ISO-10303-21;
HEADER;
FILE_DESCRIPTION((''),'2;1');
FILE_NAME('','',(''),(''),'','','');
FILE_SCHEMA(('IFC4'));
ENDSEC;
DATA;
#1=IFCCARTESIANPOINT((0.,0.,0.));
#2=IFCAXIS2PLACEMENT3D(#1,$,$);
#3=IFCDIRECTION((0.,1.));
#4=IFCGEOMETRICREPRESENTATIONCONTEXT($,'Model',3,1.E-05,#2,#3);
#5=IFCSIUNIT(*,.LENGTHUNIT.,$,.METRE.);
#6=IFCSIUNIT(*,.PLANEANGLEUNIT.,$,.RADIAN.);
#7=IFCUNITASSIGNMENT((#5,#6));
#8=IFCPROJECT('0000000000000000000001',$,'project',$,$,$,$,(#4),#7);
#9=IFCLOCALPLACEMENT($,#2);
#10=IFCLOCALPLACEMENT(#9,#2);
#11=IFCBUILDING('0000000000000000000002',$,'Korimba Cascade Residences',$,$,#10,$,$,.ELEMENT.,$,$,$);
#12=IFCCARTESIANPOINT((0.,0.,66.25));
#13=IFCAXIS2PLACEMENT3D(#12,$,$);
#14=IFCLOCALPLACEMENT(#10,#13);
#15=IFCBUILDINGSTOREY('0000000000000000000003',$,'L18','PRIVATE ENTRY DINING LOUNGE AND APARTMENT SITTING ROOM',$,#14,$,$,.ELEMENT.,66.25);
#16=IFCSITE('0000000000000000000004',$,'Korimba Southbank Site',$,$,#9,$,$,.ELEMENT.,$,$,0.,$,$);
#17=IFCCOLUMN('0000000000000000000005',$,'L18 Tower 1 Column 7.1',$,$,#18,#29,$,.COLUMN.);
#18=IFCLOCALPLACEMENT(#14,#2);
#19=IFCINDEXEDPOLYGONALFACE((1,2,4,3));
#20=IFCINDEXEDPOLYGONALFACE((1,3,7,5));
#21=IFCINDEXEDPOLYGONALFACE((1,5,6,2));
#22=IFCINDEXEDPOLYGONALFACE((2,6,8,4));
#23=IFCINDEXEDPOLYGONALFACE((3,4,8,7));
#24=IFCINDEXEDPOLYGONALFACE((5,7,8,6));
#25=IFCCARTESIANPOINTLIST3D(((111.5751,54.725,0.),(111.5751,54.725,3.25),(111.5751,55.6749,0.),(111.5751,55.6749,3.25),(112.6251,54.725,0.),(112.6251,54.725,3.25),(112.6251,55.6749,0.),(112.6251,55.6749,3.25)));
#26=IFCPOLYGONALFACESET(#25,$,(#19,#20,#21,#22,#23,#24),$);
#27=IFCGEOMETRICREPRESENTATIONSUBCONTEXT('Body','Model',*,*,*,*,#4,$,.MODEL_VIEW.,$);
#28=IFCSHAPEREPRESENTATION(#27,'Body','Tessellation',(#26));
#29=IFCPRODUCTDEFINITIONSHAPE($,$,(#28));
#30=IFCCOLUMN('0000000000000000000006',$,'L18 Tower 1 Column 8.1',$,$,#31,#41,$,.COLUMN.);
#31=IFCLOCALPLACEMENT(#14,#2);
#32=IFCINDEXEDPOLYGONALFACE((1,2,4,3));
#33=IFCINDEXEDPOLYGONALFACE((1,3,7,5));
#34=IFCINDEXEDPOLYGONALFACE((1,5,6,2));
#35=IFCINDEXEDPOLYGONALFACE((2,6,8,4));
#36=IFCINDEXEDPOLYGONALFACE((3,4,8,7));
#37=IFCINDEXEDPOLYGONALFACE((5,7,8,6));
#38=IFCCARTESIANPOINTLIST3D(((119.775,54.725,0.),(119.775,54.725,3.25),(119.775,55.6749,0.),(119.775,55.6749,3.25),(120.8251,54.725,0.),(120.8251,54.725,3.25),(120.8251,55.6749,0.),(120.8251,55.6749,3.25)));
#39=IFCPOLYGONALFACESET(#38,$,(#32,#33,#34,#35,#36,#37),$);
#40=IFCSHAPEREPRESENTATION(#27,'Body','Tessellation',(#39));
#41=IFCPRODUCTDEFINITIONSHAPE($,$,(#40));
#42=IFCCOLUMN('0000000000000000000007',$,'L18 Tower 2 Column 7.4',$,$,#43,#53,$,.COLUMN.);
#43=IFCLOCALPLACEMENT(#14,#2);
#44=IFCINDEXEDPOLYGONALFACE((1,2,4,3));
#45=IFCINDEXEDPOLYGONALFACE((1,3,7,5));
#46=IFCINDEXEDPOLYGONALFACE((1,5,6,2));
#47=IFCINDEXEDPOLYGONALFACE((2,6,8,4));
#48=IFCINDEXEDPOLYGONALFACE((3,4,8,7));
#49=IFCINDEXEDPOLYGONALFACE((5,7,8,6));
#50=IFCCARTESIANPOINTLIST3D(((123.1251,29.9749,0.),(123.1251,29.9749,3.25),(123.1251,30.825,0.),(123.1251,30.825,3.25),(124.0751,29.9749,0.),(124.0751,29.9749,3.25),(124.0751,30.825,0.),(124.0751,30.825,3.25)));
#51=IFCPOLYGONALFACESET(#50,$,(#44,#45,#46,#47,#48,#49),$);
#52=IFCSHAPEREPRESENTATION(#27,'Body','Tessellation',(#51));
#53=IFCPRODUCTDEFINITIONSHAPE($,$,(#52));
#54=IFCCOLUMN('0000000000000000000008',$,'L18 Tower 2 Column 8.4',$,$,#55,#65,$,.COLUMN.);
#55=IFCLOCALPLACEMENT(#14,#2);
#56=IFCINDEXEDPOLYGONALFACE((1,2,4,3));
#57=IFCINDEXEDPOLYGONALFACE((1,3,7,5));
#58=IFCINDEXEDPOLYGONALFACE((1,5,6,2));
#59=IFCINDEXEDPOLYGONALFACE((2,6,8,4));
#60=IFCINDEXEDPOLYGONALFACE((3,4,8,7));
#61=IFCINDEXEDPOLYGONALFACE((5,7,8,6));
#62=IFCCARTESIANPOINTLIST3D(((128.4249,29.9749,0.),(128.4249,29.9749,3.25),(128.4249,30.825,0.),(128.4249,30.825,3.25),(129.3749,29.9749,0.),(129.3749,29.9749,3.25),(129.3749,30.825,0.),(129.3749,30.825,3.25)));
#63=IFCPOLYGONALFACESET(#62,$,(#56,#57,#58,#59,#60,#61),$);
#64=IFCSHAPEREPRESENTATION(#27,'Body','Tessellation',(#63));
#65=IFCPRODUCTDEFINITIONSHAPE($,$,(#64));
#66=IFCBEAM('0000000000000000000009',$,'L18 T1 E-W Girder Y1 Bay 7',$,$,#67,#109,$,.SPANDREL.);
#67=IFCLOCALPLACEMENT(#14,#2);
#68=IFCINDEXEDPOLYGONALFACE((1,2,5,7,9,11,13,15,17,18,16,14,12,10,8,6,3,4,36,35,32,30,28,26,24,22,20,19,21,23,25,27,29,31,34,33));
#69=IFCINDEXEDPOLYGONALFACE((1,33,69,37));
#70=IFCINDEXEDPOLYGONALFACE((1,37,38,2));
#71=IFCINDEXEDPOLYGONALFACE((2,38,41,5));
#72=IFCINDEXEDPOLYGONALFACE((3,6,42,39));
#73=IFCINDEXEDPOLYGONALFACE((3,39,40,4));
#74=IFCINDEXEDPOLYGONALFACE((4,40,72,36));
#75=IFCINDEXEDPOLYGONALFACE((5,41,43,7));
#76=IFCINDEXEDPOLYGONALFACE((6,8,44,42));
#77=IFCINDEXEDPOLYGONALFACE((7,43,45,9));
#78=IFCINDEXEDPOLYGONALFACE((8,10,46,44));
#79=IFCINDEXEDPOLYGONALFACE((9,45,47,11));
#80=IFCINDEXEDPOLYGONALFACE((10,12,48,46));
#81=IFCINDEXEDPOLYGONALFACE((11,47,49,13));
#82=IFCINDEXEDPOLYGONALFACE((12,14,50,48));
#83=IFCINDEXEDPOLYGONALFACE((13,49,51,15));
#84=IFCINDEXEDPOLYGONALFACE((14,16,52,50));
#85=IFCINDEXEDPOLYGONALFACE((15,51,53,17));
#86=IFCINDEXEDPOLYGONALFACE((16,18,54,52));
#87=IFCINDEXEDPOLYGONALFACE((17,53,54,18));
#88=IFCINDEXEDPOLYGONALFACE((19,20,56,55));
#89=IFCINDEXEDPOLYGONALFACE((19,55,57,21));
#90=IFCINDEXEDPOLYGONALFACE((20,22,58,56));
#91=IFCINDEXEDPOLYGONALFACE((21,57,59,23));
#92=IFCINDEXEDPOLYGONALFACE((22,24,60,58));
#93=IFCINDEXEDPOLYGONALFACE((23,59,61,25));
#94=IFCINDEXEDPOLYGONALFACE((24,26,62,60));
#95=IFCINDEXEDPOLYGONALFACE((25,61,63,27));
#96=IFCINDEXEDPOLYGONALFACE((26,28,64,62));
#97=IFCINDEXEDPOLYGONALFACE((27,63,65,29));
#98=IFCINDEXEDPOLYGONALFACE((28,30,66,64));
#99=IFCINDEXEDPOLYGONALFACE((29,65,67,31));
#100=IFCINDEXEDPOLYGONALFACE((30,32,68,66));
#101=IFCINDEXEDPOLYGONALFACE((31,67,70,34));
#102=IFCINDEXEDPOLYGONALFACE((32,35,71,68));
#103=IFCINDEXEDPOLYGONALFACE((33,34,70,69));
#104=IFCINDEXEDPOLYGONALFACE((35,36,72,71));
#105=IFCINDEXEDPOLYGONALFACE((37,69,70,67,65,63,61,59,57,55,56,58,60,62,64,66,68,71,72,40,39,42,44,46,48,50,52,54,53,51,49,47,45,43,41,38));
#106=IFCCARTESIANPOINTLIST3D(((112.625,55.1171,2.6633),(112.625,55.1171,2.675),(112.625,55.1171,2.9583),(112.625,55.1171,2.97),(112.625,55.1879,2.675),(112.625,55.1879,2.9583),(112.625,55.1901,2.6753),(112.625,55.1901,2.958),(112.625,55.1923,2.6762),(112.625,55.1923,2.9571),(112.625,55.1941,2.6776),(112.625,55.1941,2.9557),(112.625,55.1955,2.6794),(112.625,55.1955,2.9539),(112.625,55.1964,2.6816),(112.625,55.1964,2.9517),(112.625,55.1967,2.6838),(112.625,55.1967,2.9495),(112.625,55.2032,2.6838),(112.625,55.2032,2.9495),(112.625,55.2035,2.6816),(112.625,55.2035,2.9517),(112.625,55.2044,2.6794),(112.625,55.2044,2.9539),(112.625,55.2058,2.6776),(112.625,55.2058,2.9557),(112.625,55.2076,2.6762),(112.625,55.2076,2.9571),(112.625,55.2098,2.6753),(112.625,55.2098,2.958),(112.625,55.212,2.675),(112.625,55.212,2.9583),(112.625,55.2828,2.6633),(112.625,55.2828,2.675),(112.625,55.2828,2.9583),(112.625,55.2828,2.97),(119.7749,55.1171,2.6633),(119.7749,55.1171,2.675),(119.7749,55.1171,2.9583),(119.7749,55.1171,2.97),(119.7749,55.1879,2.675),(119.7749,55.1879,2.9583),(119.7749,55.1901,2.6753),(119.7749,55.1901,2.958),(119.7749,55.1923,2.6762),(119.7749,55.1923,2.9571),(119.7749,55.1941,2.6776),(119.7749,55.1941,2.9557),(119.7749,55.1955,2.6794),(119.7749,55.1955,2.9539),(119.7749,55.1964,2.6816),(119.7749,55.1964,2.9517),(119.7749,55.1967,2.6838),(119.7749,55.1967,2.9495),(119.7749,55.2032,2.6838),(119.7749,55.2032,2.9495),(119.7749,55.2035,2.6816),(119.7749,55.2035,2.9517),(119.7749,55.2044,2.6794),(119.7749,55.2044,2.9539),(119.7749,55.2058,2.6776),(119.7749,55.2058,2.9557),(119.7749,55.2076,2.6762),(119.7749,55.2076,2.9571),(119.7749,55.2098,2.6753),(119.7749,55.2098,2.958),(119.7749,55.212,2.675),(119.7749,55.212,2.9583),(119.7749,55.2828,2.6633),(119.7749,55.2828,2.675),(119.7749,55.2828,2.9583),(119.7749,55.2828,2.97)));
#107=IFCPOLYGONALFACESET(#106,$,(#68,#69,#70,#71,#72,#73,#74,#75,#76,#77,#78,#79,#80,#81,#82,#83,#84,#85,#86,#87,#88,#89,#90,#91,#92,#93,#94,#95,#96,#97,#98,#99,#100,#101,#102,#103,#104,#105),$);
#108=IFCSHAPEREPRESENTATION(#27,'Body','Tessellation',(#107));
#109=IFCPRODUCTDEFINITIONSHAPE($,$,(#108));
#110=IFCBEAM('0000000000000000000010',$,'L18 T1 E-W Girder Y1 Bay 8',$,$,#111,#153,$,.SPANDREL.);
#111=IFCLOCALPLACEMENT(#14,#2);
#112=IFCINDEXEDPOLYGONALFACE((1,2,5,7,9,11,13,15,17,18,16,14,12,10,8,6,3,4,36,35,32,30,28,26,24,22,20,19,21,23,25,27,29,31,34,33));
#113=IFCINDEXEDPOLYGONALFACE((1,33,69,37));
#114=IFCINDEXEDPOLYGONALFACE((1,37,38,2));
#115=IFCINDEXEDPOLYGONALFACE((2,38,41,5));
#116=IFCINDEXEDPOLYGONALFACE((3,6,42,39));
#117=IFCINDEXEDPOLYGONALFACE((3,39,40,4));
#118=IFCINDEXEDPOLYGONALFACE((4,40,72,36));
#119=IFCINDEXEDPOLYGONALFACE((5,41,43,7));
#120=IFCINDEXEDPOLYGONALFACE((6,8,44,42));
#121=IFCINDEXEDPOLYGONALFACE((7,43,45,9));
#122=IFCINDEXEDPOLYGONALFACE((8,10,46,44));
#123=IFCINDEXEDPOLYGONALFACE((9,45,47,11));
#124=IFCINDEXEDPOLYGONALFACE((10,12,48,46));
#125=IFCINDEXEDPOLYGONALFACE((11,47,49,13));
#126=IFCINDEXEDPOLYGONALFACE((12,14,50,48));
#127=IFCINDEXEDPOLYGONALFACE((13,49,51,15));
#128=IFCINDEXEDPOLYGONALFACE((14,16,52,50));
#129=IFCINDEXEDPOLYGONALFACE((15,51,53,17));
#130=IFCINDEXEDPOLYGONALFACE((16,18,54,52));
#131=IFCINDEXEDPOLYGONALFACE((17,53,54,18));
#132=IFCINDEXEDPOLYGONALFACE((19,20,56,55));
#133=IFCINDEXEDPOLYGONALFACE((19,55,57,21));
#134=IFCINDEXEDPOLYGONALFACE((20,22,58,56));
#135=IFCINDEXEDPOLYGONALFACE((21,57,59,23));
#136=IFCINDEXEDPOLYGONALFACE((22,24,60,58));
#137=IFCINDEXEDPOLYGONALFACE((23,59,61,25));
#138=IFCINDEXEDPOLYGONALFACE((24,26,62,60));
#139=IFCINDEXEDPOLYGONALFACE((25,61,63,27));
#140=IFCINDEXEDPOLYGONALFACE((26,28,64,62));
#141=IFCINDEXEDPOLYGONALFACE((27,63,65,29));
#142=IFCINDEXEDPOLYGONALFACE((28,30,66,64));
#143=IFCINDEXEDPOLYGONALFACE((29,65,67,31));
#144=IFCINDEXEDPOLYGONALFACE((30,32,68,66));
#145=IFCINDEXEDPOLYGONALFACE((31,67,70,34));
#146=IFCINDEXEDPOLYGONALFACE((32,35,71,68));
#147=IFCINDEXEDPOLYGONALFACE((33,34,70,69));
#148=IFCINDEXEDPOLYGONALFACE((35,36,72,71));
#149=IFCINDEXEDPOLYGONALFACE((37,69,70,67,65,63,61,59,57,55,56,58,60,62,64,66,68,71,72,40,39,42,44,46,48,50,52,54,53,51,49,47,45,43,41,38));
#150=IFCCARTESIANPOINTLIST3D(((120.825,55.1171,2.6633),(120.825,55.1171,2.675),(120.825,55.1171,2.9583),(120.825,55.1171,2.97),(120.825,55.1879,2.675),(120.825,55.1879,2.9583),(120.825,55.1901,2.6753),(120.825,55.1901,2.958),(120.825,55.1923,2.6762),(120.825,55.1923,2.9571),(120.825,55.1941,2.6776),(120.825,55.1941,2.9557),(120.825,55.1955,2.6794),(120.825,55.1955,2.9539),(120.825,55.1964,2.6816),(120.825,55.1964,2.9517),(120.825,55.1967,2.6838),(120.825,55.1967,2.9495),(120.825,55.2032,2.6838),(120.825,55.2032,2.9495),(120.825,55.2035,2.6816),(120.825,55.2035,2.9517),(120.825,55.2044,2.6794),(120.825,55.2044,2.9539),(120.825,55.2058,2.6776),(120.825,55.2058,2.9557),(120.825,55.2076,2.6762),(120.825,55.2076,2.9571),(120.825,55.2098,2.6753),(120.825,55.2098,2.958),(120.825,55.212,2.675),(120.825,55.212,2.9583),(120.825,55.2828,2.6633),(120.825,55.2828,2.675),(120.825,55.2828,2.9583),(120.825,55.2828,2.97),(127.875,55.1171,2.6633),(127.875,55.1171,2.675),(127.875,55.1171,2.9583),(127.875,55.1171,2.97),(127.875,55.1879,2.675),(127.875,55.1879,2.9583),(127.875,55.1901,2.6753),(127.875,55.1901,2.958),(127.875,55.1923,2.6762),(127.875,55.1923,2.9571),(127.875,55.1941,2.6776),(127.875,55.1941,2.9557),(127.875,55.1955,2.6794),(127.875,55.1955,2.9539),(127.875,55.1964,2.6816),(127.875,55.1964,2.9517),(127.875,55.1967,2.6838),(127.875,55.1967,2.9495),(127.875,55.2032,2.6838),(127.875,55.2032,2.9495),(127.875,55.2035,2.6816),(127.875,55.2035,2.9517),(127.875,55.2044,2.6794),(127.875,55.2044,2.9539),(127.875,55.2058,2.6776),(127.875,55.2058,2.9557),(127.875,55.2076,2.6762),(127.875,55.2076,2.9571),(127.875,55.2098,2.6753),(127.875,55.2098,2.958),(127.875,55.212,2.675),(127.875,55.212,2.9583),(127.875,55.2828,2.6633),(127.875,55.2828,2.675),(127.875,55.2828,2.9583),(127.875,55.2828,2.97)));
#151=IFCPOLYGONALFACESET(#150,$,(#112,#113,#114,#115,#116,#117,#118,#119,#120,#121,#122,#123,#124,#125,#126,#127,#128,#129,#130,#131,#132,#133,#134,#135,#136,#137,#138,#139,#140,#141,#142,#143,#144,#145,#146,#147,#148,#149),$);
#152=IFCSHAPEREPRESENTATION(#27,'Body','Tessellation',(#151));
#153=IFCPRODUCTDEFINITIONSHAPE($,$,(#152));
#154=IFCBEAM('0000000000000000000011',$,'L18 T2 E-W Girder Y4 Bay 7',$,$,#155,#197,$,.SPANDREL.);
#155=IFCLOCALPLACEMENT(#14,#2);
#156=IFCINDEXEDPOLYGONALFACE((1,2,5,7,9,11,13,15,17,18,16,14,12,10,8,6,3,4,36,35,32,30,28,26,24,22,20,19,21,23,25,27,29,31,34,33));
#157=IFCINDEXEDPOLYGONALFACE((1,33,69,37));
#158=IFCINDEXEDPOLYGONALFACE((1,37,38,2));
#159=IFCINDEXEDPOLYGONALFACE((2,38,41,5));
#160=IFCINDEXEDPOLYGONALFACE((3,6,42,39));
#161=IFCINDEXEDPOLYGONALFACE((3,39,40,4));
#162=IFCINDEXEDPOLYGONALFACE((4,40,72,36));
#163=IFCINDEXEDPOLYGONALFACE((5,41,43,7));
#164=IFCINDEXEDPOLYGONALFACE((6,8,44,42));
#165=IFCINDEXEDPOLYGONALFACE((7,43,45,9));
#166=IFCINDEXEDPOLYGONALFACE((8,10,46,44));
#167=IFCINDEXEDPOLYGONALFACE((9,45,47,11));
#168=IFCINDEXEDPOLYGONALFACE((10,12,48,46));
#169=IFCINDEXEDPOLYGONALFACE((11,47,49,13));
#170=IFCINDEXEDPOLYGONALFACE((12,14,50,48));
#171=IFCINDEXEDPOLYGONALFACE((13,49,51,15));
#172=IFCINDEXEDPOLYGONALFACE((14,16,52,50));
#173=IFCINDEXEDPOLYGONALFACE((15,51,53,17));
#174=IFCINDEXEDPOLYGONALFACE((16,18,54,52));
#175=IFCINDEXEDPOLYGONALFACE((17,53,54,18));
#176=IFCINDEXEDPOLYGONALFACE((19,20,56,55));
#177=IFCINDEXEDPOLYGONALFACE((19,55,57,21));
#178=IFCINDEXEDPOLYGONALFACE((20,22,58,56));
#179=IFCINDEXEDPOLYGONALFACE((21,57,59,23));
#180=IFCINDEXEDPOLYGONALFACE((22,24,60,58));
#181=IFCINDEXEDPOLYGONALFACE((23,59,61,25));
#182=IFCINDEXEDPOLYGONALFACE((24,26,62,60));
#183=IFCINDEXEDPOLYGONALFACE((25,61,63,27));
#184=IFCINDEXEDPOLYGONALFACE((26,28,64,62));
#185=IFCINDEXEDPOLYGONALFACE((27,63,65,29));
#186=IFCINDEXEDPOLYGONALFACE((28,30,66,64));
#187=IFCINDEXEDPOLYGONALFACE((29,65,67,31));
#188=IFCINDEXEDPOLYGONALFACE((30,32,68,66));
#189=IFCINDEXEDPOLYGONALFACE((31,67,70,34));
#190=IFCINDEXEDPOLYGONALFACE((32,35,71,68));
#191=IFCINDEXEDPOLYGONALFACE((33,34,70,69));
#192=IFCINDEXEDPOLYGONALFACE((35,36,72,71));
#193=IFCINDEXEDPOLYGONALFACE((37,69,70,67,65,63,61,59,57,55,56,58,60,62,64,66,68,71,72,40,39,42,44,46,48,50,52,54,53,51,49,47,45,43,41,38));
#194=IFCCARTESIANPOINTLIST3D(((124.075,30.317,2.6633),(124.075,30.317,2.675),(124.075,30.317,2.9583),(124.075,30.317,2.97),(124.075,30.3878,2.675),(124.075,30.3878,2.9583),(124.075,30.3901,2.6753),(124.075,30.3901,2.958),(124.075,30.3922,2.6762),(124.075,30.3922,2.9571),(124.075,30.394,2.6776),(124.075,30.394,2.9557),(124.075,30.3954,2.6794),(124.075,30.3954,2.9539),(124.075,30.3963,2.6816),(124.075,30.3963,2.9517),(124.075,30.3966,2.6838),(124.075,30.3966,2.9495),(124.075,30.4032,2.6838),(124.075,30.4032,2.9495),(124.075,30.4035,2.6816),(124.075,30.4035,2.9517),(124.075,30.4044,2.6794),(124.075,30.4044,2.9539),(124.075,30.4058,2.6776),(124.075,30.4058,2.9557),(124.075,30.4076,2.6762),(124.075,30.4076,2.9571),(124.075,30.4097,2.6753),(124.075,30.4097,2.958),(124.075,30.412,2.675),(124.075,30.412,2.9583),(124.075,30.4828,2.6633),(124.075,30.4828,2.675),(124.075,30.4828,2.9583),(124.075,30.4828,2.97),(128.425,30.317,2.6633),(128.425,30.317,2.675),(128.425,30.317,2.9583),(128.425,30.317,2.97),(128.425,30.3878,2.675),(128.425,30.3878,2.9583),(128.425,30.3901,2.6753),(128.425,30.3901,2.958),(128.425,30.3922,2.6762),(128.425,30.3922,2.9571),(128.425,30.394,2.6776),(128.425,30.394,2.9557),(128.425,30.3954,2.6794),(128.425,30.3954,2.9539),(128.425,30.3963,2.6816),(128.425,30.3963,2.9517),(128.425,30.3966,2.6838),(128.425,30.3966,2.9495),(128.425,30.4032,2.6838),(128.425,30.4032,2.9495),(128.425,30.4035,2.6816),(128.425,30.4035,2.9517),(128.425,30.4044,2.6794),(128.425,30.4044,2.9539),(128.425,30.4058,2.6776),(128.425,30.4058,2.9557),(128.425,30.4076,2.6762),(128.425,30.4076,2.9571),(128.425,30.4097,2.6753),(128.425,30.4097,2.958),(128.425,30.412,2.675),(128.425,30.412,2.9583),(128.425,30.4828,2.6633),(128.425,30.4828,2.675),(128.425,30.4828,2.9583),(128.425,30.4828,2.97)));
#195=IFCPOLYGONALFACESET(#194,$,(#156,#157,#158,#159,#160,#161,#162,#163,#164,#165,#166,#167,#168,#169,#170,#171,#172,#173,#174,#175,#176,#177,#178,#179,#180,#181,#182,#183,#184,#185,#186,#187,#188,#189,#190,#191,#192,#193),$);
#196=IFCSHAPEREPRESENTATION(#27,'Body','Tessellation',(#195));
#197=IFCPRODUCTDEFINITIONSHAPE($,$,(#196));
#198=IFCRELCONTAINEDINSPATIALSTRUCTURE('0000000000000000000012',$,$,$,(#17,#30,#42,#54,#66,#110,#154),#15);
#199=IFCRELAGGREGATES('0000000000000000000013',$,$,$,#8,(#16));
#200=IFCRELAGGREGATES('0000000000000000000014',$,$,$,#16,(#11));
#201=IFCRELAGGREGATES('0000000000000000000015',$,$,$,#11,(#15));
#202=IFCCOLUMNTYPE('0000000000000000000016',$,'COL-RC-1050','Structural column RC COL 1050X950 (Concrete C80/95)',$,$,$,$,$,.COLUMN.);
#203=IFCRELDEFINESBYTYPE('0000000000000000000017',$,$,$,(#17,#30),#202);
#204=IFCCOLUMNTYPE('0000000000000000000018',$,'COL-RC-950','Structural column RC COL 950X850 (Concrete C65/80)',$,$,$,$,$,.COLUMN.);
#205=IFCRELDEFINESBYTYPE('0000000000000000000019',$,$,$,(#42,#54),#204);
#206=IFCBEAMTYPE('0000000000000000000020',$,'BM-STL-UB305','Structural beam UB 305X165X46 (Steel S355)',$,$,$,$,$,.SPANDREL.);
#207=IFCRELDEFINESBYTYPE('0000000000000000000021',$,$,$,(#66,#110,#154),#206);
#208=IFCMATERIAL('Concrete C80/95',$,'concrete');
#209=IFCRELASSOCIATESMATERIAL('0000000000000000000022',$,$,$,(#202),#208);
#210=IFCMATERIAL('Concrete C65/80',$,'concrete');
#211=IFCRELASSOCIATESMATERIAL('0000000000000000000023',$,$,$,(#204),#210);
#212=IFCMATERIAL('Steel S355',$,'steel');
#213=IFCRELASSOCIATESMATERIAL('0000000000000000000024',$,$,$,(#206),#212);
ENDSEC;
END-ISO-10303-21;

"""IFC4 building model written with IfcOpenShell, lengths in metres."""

from ifc_helpers import new_model, si_unit, direction, frame, origin, origin_2d, place, context, subcontext, project, spatial, rectangle, i_section, extrude, material, material_profile, profile_set, type_object, element, save


model = new_model("IFC4")

# Units and contexts
model_context = context("Model", 3, precision=1e-05, world=origin(), true_north=direction((0.0, 1.0)))
body_context = subcontext(model_context, "Body", "Model", "MODEL_VIEW")
ifc_project = project(units=[si_unit("LENGTHUNIT", "METRE"), si_unit("PLANEANGLEUNIT", "RADIAN")], contexts=[model_context])

# Site, building, storey
site_placement = place(None, origin())
site = spatial("IfcSite", under=ifc_project, at=site_placement, Name="Korimba Southbank Site", CompositionType="ELEMENT", RefElevation=0.0)
building_placement = place(site_placement, origin())
building = spatial("IfcBuilding", under=site, at=building_placement, Name="Korimba Cascade Residences", CompositionType="ELEMENT")
storey_placement = place(building_placement, frame((0.0, 0.0, 66.25)))
storey = spatial("IfcBuildingStorey", under=building, at=storey_placement, Name="L18", Description="PRIVATE ENTRY DINING LOUNGE AND APARTMENT SITTING ROOM", CompositionType="ELEMENT", Elevation=66.25)

# Columns
ifc_material_1 = material(Name="Concrete C80/95", Category="concrete")
ifc_material_profile_1 = material_profile(ifc_material_1, rectangle(XDim=1.05, YDim=0.95, at=origin_2d()), Name="Concrete C80/95")
ifc_profile_set_1 = profile_set([ifc_material_profile_1], Name="Concrete C80/95")
column_type_1 = type_object("IfcColumnType", Name="COL-RC-1050", Description="Structural column RC COL 1050X950 (Concrete C80/95)", PredefinedType="COLUMN", material=ifc_profile_set_1)
for number, where, z_axis, x_axis, name in (
    (1, (112.1001, 55.2, 0.0), (0.0, 0.0, 1.0), (1.0, 0.0, 0.0), "L18 Tower 1 Column 7.1"),
    (2, (120.3, 55.2, 0.0), (0.0, 0.0, 1.0), (1.0, 0.0, 0.0), "L18 Tower 1 Column 8.1"),
):
    element("IfcColumn", number, at=place(storey_placement, frame(where, z_axis=z_axis, x_axis=x_axis)), inside=storey, type_object=column_type_1, Name=name, PredefinedType="COLUMN", context=body_context, shape_type="SweptSolid", body=[
        extrude(rectangle(XDim=1.05, YDim=0.95, at=origin_2d()), origin(), (0.0, 0.0, 1.0), 3.25),
    ])
ifc_material_2 = material(Name="Concrete C65/80", Category="concrete")
ifc_material_profile_2 = material_profile(ifc_material_2, rectangle(XDim=0.95, YDim=0.8501, at=origin_2d()), Name="Concrete C65/80")
ifc_profile_set_2 = profile_set([ifc_material_profile_2], Name="Concrete C65/80")
column_type_2 = type_object("IfcColumnType", Name="COL-RC-950", Description="Structural column RC COL 950X850 (Concrete C65/80)", PredefinedType="COLUMN", material=ifc_profile_set_2)
for number, where, z_axis, x_axis, name in (
    (3, (123.6001, 30.3999, 0.0), (0.0, 0.0, 1.0), (1.0, 0.0, 0.0), "L18 Tower 2 Column 7.4"),
    (4, (128.8999, 30.3999, 0.0), (0.0, 0.0, 1.0), (1.0, 0.0, 0.0), "L18 Tower 2 Column 8.4"),
):
    element("IfcColumn", number, at=place(storey_placement, frame(where, z_axis=z_axis, x_axis=x_axis)), inside=storey, type_object=column_type_2, Name=name, PredefinedType="COLUMN", context=body_context, shape_type="SweptSolid", body=[
        extrude(rectangle(XDim=0.95, YDim=0.8501, at=origin_2d()), origin(), (0.0, 0.0, 1.0), 3.25),
    ])

# Beams
ifc_material_3 = material(Name="Steel S355", Category="steel")
ifc_material_profile_3 = material_profile(ifc_material_3, i_section(OverallWidth=0.1658, OverallDepth=0.3066, WebThickness=0.0066, FlangeThickness=0.0117, FilletRadius=0.0088, at=origin_2d()), Name="Steel S355")
ifc_profile_set_3 = profile_set([ifc_material_profile_3], Name="Steel S355")
beam_type = type_object("IfcBeamType", Name="BM-STL-UB305", Description="Structural beam UB 305X165X46 (Steel S355)", PredefinedType="SPANDREL", material=ifc_profile_set_3)
beam_1_placement = place(storey_placement, frame((112.625, 55.2, 2.8167), z_axis=(1.0, 0.0, 0.0), x_axis=(0.0, 1.0, 0.0)))
element("IfcBeam", 5, at=beam_1_placement, inside=storey, type_object=beam_type, Name="L18 T1 E-W Girder Y1 Bay 7", PredefinedType="SPANDREL", context=body_context, shape_type="SweptSolid", body=[
    extrude(i_section(OverallWidth=0.1658, OverallDepth=0.3066, WebThickness=0.0066, FlangeThickness=0.0117, FilletRadius=0.0088, at=origin_2d()), origin(), (0.0, 0.0, 1.0), 7.1499),
])
beam_2_placement = place(storey_placement, frame((120.825, 55.2, 2.8167), z_axis=(1.0, 0.0, 0.0), x_axis=(0.0, 1.0, 0.0)))
element("IfcBeam", 6, at=beam_2_placement, inside=storey, type_object=beam_type, Name="L18 T1 E-W Girder Y1 Bay 8", PredefinedType="SPANDREL", context=body_context, shape_type="SweptSolid", body=[
    extrude(i_section(OverallWidth=0.1658, OverallDepth=0.3066, WebThickness=0.0066, FlangeThickness=0.0117, FilletRadius=0.0088, at=origin_2d()), origin(), (0.0, 0.0, 1.0), 7.05),
])
beam_3_placement = place(storey_placement, frame((124.075, 30.3999, 2.8167), z_axis=(1.0, 0.0, 0.0), x_axis=(0.0, 1.0, 0.0)))
element("IfcBeam", 7, at=beam_3_placement, inside=storey, type_object=beam_type, Name="L18 T2 E-W Girder Y4 Bay 7", PredefinedType="SPANDREL", context=body_context, shape_type="SweptSolid", body=[
    extrude(i_section(OverallWidth=0.1658, OverallDepth=0.3066, WebThickness=0.0066, FlangeThickness=0.0117, FilletRadius=0.0088, at=origin_2d()), origin(), (0.0, 0.0, 1.0), 4.3501),
])

save(model, "model.ifc")
